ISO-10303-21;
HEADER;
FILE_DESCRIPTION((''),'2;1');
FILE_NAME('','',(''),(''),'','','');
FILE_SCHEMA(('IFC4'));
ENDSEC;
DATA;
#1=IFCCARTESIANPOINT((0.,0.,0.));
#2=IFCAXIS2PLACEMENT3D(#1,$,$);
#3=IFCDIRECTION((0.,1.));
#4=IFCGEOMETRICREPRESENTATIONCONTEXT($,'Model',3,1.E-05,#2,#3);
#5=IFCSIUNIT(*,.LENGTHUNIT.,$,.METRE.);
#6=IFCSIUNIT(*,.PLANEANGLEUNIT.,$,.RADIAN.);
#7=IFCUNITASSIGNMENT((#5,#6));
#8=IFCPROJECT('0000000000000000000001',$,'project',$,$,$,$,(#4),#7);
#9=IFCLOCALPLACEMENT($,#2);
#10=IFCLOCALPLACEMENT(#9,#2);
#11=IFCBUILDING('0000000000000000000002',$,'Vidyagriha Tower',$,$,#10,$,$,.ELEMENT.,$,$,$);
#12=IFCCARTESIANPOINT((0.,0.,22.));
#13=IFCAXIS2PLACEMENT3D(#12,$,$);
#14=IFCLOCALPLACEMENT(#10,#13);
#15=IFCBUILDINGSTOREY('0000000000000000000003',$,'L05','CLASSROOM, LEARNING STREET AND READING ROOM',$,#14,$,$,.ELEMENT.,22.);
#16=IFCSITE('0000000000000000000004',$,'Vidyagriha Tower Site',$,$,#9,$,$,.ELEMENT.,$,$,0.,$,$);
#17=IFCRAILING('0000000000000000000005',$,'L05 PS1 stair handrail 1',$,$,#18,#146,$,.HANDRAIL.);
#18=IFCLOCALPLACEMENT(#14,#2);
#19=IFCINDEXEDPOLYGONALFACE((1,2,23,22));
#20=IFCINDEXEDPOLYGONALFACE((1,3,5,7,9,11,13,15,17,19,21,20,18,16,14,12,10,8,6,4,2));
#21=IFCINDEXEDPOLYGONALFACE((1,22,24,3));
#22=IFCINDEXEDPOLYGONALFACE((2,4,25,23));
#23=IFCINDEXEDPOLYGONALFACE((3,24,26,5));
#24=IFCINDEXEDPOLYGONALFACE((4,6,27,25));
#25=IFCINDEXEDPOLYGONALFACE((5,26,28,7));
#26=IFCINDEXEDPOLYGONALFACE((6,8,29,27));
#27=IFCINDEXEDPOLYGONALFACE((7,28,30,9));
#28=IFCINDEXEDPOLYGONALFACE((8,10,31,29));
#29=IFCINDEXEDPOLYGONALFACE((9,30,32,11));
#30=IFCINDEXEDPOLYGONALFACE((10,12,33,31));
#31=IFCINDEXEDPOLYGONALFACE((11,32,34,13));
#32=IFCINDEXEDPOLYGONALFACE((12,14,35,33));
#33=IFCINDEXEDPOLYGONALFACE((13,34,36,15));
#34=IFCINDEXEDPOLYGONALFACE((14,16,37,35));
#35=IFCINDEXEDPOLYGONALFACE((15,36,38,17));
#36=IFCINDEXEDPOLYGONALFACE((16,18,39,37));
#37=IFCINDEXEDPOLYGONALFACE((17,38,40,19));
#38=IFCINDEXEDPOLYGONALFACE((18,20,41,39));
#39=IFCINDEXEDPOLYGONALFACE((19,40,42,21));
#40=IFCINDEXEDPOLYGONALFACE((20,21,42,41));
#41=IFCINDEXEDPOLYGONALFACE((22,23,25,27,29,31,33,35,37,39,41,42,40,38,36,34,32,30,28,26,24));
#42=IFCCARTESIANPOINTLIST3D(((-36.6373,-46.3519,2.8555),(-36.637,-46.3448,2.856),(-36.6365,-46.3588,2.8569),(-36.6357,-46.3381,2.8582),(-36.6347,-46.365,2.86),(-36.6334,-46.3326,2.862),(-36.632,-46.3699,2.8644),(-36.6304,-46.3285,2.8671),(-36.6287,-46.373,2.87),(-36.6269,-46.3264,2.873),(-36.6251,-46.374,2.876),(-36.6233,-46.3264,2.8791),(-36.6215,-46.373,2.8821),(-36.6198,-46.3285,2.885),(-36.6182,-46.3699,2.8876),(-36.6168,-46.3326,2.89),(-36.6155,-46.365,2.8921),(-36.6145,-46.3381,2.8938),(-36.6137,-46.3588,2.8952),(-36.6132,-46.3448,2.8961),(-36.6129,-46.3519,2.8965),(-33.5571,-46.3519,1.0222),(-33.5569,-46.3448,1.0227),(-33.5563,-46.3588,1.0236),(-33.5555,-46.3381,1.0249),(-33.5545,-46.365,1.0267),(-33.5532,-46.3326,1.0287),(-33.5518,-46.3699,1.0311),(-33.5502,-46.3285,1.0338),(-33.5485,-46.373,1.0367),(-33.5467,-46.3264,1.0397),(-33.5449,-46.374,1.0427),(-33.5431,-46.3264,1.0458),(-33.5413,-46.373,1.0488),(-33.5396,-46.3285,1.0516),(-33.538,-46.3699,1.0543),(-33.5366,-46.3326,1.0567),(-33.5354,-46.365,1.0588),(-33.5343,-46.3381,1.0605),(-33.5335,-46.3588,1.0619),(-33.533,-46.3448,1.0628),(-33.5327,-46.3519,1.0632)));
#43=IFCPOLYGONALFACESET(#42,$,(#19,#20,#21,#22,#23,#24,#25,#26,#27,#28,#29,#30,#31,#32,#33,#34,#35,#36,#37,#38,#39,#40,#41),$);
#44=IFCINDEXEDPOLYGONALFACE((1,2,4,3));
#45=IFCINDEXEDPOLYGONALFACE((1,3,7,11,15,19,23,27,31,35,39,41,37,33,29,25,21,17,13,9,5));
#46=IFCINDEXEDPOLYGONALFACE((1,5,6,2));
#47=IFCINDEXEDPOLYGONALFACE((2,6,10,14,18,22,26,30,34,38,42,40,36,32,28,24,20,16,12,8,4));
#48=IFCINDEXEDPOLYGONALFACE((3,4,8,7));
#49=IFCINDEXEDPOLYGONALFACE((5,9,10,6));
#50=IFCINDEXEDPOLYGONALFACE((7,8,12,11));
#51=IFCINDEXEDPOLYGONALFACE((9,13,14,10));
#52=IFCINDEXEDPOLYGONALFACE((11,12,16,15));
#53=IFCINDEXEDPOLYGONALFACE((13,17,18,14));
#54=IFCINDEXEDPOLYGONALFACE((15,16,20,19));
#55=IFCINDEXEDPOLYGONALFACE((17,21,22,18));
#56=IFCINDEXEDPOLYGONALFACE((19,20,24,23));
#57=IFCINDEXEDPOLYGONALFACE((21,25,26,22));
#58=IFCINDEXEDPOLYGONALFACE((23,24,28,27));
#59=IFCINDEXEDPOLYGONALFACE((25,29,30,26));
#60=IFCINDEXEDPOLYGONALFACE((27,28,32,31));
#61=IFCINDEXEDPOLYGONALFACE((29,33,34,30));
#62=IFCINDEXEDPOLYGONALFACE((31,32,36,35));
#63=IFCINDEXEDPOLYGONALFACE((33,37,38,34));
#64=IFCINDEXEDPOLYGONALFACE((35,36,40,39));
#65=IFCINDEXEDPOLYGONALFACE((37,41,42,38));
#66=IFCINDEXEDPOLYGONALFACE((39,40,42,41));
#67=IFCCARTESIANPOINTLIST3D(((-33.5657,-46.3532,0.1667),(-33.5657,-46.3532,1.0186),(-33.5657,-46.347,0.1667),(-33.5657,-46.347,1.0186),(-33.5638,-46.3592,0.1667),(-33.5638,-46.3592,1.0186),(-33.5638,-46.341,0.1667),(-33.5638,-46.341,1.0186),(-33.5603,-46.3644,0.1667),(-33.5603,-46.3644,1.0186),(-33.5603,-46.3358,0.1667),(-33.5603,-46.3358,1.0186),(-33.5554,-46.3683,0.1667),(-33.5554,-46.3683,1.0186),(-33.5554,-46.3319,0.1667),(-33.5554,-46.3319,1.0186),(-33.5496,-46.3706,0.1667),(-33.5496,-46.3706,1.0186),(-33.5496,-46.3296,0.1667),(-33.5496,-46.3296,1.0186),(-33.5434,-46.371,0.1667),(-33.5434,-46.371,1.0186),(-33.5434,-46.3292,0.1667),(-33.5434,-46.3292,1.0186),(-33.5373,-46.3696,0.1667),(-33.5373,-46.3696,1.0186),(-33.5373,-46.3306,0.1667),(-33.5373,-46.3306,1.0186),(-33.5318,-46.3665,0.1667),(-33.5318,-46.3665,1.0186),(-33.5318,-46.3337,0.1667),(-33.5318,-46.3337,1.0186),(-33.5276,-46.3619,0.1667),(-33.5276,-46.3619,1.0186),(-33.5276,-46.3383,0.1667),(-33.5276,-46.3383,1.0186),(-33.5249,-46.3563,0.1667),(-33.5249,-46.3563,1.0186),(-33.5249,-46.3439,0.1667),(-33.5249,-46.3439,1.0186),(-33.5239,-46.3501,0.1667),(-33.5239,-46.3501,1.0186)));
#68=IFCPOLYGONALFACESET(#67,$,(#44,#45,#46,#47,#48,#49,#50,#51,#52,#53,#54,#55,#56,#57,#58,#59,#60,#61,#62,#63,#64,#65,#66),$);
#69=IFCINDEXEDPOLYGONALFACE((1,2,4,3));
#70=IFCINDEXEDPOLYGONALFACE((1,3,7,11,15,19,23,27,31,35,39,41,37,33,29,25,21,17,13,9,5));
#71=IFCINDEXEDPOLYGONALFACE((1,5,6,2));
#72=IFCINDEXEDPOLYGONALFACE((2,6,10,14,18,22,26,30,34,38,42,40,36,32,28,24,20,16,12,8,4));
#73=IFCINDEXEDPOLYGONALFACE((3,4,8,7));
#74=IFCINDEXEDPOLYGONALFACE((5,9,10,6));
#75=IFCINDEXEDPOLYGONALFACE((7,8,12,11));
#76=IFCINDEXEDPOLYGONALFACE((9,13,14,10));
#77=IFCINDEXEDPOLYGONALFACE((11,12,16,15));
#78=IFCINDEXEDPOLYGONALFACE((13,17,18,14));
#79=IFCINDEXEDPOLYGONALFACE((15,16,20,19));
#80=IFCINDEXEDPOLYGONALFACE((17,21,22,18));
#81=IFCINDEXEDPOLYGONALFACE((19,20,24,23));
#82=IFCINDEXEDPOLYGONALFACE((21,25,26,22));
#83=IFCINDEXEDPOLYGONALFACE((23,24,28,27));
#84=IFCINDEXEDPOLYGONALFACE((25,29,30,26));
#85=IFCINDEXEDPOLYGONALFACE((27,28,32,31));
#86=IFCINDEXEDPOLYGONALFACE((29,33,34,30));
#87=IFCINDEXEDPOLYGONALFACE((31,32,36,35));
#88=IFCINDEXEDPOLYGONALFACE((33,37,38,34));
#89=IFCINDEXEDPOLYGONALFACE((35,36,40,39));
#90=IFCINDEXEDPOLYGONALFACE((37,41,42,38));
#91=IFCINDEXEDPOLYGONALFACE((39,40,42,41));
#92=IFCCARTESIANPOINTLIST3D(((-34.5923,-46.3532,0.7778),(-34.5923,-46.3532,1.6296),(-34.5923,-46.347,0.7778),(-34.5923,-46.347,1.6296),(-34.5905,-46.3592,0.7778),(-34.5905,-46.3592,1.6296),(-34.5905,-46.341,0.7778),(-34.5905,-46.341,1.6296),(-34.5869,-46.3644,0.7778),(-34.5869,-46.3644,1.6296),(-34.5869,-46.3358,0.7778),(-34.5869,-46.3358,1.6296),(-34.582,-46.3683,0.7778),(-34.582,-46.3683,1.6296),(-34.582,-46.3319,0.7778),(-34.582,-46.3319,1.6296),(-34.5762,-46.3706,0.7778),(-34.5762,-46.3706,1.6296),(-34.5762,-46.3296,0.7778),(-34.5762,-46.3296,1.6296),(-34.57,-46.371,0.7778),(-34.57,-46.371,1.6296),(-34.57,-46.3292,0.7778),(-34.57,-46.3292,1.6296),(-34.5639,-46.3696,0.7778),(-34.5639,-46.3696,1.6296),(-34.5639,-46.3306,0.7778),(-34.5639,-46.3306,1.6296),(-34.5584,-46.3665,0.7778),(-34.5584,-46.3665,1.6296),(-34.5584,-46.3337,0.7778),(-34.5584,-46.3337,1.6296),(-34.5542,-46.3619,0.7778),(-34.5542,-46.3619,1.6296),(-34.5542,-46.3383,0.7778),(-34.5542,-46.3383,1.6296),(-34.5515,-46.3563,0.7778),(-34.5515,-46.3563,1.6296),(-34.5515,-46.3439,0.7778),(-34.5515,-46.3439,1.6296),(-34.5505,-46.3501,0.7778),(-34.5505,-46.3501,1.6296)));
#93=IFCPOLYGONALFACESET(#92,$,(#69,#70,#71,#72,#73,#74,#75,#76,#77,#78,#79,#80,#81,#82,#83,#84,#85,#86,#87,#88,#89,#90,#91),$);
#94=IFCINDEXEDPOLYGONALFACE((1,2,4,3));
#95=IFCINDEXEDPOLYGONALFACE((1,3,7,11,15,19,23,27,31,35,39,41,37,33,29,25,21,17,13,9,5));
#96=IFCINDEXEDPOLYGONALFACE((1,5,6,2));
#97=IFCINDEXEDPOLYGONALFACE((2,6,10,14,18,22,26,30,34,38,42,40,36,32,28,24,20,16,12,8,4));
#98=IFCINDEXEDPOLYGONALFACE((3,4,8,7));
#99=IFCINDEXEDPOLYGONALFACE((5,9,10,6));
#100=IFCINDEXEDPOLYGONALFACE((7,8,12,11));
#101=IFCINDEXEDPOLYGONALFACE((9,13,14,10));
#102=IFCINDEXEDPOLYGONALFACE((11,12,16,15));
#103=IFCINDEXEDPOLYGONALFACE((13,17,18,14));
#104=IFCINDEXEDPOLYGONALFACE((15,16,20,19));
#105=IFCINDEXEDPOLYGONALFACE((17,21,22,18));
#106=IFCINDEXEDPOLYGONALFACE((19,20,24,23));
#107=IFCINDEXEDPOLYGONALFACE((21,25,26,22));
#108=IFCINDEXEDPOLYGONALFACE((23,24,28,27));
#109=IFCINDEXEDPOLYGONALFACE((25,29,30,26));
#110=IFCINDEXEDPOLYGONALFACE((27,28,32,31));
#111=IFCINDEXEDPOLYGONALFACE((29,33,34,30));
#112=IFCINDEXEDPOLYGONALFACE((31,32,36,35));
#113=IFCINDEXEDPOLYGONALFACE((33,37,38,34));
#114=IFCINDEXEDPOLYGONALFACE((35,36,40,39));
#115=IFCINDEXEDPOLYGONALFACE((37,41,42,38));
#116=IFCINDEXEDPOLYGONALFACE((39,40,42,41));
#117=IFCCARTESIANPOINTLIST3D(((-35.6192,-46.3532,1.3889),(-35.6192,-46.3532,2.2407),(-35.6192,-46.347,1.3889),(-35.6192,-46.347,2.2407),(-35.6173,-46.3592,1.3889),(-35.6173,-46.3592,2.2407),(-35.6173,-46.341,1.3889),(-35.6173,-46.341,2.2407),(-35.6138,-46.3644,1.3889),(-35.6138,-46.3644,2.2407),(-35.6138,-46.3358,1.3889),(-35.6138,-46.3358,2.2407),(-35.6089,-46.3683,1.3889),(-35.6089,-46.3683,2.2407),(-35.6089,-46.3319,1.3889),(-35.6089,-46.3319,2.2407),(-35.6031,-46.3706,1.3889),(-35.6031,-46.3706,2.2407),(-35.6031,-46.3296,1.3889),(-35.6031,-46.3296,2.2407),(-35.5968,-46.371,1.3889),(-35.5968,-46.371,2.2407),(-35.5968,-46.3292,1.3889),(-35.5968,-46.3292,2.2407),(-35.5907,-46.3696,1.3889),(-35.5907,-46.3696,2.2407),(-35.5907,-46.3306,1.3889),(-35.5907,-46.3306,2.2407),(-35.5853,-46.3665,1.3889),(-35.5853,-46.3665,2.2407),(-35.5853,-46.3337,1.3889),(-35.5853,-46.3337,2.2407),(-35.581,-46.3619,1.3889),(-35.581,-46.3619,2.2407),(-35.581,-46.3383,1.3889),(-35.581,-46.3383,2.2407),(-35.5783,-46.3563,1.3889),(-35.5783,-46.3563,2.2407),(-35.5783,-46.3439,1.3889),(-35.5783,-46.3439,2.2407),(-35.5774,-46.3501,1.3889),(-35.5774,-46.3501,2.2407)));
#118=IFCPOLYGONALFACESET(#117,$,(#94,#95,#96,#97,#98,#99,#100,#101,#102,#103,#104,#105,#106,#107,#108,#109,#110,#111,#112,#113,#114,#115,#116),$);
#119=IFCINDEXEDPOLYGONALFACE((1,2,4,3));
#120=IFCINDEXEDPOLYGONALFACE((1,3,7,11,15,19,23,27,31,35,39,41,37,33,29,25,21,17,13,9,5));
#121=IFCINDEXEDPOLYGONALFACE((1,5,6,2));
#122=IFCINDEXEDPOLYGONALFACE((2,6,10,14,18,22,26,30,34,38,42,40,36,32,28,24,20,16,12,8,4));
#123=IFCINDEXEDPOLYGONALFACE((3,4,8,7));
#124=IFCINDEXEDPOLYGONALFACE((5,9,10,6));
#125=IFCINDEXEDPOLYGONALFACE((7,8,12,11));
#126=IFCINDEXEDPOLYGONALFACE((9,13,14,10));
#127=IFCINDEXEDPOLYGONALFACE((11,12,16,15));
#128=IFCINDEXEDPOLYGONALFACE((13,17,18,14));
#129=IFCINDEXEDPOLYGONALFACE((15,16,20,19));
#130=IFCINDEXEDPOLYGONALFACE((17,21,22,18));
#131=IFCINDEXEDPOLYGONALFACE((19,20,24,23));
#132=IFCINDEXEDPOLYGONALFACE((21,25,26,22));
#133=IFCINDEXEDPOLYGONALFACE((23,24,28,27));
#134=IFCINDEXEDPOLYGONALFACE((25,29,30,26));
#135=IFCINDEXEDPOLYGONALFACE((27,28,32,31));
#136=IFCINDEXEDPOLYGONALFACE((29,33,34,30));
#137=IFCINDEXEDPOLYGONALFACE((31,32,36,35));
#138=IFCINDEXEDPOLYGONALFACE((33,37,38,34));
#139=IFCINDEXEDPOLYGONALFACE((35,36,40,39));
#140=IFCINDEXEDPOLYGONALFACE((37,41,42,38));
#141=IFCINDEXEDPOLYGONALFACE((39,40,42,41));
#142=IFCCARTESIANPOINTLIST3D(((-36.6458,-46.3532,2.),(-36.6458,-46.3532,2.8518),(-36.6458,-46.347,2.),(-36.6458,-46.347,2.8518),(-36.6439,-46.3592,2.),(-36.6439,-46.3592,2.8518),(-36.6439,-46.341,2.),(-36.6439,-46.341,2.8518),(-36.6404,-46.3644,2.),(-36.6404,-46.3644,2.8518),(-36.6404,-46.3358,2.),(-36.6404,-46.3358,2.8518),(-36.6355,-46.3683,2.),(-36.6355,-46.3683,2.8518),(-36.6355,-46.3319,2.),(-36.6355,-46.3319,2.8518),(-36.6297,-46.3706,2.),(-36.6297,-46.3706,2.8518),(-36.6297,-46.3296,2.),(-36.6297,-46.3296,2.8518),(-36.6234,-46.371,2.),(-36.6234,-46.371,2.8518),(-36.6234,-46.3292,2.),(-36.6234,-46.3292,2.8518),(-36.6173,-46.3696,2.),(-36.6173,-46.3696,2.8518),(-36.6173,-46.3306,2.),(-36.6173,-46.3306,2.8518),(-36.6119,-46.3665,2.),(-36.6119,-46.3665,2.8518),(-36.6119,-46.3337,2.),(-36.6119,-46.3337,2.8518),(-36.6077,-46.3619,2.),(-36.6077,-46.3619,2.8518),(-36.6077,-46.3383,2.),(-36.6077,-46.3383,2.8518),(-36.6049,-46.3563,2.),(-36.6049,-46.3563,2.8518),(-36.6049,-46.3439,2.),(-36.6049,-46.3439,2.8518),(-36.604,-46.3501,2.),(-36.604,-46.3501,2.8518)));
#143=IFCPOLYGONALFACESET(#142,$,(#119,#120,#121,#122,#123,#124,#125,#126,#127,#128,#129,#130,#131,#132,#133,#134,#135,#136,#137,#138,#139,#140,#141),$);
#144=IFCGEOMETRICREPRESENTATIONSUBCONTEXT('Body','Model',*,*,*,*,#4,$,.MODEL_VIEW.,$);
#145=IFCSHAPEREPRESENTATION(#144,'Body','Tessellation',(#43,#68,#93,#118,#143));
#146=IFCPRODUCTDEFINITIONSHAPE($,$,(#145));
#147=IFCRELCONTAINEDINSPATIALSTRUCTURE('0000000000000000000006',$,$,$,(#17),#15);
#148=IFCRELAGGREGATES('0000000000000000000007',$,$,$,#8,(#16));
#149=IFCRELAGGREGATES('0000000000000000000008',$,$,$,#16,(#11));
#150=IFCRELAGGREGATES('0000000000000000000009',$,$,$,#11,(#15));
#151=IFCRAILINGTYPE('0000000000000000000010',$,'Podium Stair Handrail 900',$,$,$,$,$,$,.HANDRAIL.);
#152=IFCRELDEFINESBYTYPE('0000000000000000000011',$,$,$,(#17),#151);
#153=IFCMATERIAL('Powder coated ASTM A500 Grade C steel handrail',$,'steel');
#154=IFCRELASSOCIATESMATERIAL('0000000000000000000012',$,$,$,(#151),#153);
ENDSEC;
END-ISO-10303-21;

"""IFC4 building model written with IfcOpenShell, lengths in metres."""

from ifc_helpers import new_model, si_unit, direction, frame, origin, origin_2d, place, context, subcontext, project, spatial, circle, extrude, material, type_object, element, save


model = new_model("IFC4")

# Units and contexts
model_context = context("Model", 3, precision=1e-05, world=origin(), true_north=direction((0.0, 1.0)))
body_context = subcontext(model_context, "Body", "Model", "MODEL_VIEW")
ifc_project = project(units=[si_unit("LENGTHUNIT", "METRE"), si_unit("PLANEANGLEUNIT", "RADIAN")], contexts=[model_context])

# Site, building, storey
site_placement = place(None, origin())
site = spatial("IfcSite", under=ifc_project, at=site_placement, Name="Vidyagriha Tower Site", CompositionType="ELEMENT", RefElevation=0.0)
building_placement = place(site_placement, origin())
building = spatial("IfcBuilding", under=site, at=building_placement, Name="Vidyagriha Tower", CompositionType="ELEMENT")
storey_placement = place(building_placement, frame((0.0, 0.0, 22.0)))
storey = spatial("IfcBuildingStorey", under=building, at=storey_placement, Name="L05", Description="CLASSROOM, LEARNING STREET AND READING ROOM", CompositionType="ELEMENT", Elevation=22.0)

# Railing
ifc_material_1 = material(Name="Powder coated ASTM A500 Grade C steel handrail", Category="steel")
railing_type_1 = type_object("IfcRailingType", Name="Podium Stair Handrail 900", PredefinedType="HANDRAIL", material=ifc_material_1)
railing_1_placement = place(storey_placement, frame((-33.5449, -46.3501, 0.1667)))
element("IfcRailing", 1, at=railing_1_placement, inside=storey, type_object=railing_type_1, Name="L05 PS1 stair handrail 1", PredefinedType="HANDRAIL", context=body_context, shape_type="SweptSolid", body=[
    extrude(circle(Radius=0.0239, at=origin_2d()), frame((0.0, 0.0, 0.876), z_axis=(-0.859309, 0.0, 0.511458), x_axis=(0.0, -1.0, 0.0)), (0.0, 0.0, 1.0), 3.5845),
    extrude(circle(Radius=0.021, at=origin_2d()), origin(), (0.0, 0.0, 1.0), 0.8518),
    extrude(circle(Radius=0.021, at=origin_2d()), frame((-1.0266, 0.0, 0.6111)), (0.0, 0.0, 1.0), 0.8518),
    extrude(circle(Radius=0.021, at=origin_2d()), frame((-2.0535, 0.0, 1.2222)), (0.0, 0.0, 1.0), 0.8518),
    extrude(circle(Radius=0.021, at=origin_2d()), frame((-3.0801, 0.0, 1.8333)), (0.0, 0.0, 1.0), 0.8518),
])

save(model, "model.ifc")
